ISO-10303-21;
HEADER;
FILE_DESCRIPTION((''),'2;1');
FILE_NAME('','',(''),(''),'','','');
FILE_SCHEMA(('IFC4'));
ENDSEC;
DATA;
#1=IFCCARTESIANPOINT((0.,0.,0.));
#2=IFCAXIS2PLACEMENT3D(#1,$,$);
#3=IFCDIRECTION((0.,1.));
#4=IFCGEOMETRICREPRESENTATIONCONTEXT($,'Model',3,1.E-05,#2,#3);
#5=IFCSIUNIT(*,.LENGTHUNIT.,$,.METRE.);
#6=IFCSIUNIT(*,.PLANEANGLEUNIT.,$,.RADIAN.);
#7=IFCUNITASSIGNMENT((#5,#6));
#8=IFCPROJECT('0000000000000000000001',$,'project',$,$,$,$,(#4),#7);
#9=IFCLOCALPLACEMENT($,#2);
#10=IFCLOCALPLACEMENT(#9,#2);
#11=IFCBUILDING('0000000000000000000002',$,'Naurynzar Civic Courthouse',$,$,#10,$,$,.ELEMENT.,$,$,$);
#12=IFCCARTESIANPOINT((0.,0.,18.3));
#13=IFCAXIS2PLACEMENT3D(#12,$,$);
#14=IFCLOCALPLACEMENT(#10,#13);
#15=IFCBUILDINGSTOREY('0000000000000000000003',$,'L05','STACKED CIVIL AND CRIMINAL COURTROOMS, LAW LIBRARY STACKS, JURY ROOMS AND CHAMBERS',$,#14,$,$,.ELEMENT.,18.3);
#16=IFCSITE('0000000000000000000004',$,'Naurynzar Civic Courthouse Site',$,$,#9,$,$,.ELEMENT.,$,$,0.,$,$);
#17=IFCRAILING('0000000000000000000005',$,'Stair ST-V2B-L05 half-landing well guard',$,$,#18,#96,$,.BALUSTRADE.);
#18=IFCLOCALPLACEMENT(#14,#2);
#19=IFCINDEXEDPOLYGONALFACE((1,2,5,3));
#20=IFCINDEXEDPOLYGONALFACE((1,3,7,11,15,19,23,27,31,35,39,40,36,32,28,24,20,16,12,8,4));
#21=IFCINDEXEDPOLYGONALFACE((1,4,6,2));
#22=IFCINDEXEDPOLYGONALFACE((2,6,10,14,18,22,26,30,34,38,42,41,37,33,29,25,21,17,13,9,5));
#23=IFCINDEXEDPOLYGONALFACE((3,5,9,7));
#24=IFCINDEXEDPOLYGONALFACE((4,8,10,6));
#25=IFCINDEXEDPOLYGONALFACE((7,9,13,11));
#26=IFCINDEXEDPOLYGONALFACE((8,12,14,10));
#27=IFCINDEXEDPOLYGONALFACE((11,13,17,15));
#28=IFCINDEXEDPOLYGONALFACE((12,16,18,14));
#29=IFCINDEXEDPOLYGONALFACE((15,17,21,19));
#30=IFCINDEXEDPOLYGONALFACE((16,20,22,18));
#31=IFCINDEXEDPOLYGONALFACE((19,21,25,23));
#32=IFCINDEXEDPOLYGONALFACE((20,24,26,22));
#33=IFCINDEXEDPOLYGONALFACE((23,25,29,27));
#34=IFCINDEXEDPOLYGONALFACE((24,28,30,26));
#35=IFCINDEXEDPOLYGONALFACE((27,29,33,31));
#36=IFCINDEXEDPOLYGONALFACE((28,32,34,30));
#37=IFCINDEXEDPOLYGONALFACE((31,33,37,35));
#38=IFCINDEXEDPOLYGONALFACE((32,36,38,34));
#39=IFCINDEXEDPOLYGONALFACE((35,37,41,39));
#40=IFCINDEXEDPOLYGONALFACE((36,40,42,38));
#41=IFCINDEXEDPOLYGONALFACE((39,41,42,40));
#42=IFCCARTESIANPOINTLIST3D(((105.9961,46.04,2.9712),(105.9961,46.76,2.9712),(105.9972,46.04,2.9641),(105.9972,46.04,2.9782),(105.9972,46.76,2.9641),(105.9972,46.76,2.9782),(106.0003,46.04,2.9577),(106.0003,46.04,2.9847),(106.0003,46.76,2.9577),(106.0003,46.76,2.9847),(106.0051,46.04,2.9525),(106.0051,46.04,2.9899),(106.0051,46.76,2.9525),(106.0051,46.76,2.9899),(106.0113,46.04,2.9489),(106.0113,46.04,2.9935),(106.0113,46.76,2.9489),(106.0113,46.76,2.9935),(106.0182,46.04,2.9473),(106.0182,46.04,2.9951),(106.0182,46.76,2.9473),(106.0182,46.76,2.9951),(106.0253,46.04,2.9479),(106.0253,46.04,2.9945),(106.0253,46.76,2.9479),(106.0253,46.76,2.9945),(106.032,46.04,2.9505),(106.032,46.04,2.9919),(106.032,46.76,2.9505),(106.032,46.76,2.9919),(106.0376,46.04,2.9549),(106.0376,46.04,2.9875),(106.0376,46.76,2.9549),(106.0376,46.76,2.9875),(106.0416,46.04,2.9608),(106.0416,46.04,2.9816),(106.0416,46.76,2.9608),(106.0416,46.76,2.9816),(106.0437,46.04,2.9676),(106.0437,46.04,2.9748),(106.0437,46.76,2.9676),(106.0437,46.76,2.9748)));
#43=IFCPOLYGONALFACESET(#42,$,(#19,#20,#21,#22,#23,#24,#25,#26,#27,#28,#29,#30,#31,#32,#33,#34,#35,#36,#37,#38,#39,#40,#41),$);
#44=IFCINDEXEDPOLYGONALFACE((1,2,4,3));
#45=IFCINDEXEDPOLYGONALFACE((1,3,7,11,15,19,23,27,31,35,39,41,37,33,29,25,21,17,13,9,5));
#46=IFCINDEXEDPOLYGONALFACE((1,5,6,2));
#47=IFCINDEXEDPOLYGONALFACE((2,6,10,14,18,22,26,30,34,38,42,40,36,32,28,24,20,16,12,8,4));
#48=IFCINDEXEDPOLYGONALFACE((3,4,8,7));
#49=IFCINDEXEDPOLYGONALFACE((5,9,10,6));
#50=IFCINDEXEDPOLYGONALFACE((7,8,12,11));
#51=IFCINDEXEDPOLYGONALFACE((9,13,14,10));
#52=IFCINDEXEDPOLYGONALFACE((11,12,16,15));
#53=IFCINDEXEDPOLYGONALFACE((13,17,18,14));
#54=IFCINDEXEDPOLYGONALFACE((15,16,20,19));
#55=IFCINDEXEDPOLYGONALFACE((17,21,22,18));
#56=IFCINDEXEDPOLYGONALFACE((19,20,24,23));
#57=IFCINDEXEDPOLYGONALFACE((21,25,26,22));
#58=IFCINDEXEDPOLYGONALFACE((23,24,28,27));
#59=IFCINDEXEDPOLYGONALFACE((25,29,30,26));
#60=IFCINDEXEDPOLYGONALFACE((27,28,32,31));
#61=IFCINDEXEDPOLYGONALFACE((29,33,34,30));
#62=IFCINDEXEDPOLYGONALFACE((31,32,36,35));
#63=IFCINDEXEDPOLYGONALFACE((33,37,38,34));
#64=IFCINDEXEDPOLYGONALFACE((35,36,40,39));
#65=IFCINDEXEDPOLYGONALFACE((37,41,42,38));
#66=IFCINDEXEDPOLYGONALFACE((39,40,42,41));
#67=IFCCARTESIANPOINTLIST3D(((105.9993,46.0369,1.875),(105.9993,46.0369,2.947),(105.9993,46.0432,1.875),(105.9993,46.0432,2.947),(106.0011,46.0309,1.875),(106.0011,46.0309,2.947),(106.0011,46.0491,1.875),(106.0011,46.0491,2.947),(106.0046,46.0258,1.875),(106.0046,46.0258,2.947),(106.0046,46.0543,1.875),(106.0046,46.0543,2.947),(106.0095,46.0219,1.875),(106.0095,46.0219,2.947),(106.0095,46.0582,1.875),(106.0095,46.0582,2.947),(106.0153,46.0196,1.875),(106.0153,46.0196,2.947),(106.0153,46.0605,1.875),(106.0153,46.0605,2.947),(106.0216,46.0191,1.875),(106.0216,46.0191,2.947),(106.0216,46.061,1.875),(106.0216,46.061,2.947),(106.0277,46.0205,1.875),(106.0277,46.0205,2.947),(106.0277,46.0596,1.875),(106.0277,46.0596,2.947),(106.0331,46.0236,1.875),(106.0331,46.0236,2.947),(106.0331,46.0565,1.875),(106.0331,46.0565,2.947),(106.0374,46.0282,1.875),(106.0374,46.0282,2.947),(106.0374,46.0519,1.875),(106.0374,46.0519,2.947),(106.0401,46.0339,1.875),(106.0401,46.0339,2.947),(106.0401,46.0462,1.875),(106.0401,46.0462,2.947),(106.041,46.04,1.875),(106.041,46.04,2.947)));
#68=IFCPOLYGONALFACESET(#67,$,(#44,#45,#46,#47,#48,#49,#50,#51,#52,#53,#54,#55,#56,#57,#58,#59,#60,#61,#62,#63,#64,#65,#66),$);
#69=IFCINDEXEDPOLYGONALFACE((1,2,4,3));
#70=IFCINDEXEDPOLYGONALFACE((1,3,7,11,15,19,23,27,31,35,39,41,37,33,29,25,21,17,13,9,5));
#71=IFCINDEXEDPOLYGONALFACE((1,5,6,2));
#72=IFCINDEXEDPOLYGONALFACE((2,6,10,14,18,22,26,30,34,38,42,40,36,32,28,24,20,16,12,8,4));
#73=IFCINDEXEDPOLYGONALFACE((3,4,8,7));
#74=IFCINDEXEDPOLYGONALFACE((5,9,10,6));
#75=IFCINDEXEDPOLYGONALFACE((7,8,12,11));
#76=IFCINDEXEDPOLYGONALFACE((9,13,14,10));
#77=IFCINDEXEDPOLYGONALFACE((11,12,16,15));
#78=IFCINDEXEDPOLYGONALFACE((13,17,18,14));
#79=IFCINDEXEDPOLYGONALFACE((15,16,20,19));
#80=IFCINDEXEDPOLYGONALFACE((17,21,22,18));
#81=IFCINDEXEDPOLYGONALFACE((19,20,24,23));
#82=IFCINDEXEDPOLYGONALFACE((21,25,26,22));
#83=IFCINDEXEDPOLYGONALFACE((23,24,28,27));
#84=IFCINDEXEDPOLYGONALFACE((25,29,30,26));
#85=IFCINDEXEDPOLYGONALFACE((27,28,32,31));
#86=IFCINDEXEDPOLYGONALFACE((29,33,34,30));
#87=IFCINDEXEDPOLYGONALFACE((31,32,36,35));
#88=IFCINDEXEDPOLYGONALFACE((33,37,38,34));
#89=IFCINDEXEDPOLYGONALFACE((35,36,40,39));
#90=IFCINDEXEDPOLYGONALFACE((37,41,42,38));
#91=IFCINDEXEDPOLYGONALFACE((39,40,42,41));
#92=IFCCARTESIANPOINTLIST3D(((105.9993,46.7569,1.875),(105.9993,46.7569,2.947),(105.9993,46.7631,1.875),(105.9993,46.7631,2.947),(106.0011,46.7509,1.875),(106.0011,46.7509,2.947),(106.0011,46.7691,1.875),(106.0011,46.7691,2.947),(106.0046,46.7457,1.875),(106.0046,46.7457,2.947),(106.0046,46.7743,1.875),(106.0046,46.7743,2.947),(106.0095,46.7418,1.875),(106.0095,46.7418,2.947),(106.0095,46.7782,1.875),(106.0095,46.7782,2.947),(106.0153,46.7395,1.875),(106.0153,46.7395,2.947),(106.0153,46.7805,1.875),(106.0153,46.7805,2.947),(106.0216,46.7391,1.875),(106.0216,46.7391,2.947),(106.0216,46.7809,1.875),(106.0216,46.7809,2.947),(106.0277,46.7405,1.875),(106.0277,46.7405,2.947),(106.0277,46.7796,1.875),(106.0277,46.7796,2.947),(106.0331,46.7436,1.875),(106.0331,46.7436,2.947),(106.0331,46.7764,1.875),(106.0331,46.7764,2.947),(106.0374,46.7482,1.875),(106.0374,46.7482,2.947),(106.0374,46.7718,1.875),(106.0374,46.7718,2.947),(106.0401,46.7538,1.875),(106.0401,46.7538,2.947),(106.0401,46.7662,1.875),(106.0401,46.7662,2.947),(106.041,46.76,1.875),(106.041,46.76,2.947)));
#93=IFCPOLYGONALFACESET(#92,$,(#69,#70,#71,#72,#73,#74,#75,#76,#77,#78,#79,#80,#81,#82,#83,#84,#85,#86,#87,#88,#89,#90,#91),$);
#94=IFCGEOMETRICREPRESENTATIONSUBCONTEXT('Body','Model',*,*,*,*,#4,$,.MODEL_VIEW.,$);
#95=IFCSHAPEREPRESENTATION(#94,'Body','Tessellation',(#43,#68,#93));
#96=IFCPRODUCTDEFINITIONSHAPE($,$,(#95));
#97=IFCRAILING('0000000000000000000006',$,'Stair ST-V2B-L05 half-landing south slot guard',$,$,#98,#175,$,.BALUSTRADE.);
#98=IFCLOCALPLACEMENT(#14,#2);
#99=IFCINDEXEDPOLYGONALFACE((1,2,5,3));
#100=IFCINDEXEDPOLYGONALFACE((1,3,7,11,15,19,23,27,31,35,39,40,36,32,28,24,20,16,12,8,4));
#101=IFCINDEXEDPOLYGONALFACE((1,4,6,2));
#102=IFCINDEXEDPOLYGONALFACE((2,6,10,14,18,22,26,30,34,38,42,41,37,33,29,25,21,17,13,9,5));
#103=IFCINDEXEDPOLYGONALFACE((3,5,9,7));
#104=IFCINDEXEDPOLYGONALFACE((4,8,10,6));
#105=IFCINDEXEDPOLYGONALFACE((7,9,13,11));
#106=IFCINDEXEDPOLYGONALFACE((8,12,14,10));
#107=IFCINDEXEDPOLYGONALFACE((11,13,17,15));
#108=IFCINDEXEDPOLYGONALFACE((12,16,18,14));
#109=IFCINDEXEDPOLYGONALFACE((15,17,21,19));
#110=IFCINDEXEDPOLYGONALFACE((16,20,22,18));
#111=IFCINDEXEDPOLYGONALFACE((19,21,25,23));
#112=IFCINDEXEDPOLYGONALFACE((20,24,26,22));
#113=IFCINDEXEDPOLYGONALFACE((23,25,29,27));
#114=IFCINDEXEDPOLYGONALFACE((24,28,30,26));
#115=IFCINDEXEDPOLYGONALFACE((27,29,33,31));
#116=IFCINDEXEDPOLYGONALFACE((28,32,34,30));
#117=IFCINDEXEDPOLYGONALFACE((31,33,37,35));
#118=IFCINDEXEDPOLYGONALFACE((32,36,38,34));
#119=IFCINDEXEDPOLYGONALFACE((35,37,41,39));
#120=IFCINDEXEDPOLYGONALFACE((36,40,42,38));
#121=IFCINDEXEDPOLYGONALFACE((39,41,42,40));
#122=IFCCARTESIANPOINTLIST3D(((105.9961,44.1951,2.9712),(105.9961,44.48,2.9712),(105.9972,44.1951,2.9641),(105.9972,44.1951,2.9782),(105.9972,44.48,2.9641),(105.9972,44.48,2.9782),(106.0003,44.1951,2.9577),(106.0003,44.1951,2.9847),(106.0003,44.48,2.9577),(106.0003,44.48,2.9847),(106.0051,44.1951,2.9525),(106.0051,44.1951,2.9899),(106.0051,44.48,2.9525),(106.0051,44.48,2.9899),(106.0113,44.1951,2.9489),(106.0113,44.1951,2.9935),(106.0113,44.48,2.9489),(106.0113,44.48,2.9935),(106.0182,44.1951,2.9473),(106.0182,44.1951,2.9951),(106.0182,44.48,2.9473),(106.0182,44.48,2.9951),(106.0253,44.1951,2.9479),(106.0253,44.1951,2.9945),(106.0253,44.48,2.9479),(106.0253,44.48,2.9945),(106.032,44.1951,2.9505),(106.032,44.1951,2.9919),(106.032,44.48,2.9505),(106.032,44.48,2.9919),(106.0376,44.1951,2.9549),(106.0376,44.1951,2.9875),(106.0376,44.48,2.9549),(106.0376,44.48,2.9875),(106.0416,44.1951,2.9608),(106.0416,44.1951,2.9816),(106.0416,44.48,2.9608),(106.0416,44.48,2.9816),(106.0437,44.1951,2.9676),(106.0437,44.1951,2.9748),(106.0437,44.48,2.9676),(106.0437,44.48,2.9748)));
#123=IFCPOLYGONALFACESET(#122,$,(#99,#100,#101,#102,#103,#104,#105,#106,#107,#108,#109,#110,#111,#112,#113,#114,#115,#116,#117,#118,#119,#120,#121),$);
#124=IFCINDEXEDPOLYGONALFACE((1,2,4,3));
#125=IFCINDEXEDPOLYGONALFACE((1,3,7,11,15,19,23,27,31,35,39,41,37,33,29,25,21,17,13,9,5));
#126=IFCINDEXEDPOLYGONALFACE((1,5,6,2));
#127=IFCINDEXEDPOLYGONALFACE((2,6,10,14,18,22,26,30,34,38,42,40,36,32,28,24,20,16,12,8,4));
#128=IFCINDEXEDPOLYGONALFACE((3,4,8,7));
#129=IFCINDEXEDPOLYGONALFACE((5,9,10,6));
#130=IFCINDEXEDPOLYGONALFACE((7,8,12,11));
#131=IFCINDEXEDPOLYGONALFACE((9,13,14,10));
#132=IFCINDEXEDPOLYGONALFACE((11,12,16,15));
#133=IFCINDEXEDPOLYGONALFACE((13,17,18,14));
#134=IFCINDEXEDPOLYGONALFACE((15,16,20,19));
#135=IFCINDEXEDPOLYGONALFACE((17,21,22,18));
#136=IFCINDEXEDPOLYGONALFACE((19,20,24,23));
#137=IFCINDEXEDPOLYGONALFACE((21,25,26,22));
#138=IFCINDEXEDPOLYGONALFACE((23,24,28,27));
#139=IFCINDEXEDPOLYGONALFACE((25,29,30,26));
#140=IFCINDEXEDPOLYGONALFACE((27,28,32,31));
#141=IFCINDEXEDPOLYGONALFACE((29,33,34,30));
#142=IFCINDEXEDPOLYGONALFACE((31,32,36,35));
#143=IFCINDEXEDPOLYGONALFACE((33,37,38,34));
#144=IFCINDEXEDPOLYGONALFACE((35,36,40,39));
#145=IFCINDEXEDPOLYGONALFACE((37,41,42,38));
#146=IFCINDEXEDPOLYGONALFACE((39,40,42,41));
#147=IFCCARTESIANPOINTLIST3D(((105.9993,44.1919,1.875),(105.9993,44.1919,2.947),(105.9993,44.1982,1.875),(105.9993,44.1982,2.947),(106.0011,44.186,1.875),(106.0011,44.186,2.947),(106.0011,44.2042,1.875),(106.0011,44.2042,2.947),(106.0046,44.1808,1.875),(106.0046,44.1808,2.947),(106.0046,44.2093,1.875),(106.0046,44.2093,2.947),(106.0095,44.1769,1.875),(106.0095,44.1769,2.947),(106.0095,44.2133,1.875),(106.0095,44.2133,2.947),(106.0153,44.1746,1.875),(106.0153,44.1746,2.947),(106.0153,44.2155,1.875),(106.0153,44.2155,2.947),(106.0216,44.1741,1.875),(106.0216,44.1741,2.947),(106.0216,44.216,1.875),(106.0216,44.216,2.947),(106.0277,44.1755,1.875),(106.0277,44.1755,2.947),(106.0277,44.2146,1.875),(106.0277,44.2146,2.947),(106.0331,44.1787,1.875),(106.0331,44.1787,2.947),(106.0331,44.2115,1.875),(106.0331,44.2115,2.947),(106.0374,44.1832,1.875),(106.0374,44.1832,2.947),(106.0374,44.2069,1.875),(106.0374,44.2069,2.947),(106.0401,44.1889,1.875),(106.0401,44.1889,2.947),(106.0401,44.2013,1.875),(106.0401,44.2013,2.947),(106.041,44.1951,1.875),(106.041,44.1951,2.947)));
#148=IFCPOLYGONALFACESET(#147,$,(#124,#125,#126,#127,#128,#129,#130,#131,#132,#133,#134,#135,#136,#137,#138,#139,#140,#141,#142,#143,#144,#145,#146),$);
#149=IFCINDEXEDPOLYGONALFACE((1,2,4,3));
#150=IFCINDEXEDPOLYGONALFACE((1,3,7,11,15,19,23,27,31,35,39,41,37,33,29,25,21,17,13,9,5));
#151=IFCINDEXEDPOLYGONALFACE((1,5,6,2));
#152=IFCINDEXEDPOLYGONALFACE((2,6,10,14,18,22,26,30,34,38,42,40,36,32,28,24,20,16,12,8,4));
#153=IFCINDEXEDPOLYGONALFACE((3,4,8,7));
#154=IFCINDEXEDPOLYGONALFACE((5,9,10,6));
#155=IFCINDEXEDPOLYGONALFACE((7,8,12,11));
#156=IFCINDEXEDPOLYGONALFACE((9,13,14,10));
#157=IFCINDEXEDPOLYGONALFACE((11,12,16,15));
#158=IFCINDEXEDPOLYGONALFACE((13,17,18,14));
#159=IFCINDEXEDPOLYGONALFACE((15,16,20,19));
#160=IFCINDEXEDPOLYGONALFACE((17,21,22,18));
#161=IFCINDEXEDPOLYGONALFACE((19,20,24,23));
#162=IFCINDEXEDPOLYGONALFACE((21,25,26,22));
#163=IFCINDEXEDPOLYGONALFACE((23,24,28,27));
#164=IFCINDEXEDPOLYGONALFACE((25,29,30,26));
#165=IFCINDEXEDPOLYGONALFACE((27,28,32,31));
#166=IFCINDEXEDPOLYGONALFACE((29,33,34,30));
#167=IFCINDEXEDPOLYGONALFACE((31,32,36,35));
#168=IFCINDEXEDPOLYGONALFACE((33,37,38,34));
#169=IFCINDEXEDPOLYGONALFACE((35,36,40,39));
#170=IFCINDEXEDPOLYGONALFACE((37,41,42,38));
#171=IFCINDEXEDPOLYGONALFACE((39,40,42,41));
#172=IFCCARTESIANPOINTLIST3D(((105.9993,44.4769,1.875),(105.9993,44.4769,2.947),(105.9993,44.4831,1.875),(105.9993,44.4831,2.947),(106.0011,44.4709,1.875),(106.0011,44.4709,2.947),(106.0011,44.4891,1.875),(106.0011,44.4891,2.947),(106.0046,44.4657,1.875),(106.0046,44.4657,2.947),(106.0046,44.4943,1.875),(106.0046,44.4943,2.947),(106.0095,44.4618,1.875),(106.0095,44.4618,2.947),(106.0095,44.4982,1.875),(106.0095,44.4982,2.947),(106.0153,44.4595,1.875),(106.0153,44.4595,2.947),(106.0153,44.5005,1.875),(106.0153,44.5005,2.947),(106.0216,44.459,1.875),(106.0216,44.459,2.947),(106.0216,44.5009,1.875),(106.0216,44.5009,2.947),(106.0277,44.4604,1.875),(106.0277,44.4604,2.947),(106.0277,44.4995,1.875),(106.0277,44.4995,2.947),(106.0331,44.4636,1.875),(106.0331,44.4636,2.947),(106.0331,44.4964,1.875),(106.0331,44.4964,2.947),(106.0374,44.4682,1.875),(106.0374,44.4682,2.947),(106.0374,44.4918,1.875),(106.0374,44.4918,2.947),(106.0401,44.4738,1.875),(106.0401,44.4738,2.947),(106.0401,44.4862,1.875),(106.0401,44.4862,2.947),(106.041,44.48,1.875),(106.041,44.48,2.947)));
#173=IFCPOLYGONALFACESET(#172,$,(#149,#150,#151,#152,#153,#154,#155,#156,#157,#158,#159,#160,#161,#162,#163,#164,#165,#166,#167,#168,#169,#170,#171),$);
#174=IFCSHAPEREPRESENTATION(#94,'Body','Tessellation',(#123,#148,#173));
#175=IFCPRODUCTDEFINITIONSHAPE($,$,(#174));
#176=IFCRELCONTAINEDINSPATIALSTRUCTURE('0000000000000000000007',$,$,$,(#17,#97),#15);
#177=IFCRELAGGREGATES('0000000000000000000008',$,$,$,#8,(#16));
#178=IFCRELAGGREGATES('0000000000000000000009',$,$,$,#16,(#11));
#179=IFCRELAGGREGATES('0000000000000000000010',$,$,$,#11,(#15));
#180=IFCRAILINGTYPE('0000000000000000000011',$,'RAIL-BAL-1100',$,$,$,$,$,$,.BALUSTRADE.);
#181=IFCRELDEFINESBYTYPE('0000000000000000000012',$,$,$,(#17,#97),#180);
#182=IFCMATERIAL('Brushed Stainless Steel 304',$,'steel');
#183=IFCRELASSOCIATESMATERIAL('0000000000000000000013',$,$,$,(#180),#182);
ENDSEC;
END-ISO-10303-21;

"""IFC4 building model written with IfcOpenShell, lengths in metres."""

from ifc_helpers import new_model, si_unit, direction, frame, origin, origin_2d, place, context, subcontext, project, spatial, circle, extrude, material, type_object, element, save


model = new_model("IFC4")

# Units and contexts
model_context = context("Model", 3, precision=1e-05, world=origin(), true_north=direction((0.0, 1.0)))
body_context = subcontext(model_context, "Body", "Model", "MODEL_VIEW")
ifc_project = project(units=[si_unit("LENGTHUNIT", "METRE"), si_unit("PLANEANGLEUNIT", "RADIAN")], contexts=[model_context])

# Site, building, storey
site_placement = place(None, origin())
site = spatial("IfcSite", under=ifc_project, at=site_placement, Name="Naurynzar Civic Courthouse Site", CompositionType="ELEMENT", RefElevation=0.0)
building_placement = place(site_placement, origin())
building = spatial("IfcBuilding", under=site, at=building_placement, Name="Naurynzar Civic Courthouse", CompositionType="ELEMENT")
storey_placement = place(building_placement, frame((0.0, 0.0, 18.3)))
storey = spatial("IfcBuildingStorey", under=building, at=storey_placement, Name="L05", Description="STACKED CIVIL AND CRIMINAL COURTROOMS, LAW LIBRARY STACKS, JURY ROOMS AND CHAMBERS", CompositionType="ELEMENT", Elevation=18.3)

# Railings
ifc_material_1 = material(Name="Brushed Stainless Steel 304", Category="steel")
railing_type_1 = type_object("IfcRailingType", Name="RAIL-BAL-1100", PredefinedType="BALUSTRADE", material=ifc_material_1)
for number, where, name in (
    (1, (106.02, 46.04, 1.875), "Stair ST-V2B-L05 half-landing well guard"),
):
    element("IfcRailing", number, at=place(storey_placement, frame(where)), inside=storey, type_object=railing_type_1, Name=name, PredefinedType="BALUSTRADE", context=body_context, shape_type="SweptSolid", body=[
        extrude(circle(Radius=0.0239, at=origin_2d()), frame((0.0, 0.0, 1.0962), z_axis=(0.0, 1.0, 0.0), x_axis=(-1.0, 0.0, 0.0)), (0.0, 0.0, 1.0), 0.72),
        extrude(circle(Radius=0.021, at=origin_2d()), origin(), (0.0, 0.0, 1.0), 1.072),
        extrude(circle(Radius=0.021, at=origin_2d()), frame((0.0, 0.72, 0.0)), (0.0, 0.0, 1.0), 1.072),
    ])
railing_1_placement = place(storey_placement, frame((106.02, 44.1951, 1.875)))
element("IfcRailing", 2, at=railing_1_placement, inside=storey, type_object=railing_type_1, Name="Stair ST-V2B-L05 half-landing south slot guard", PredefinedType="BALUSTRADE", context=body_context, shape_type="SweptSolid", body=[
    extrude(circle(Radius=0.0239, at=origin_2d()), frame((0.0, 0.0, 1.0962), z_axis=(0.0, 1.0, 0.0), x_axis=(-1.0, 0.0, 0.0)), (0.0, 0.0, 1.0), 0.2849),
    extrude(circle(Radius=0.021, at=origin_2d()), origin(), (0.0, 0.0, 1.0), 1.072),
    extrude(circle(Radius=0.021, at=origin_2d()), frame((0.0, 0.2849, 0.0)), (0.0, 0.0, 1.0), 1.072),
])

save(model, "model.ifc")
